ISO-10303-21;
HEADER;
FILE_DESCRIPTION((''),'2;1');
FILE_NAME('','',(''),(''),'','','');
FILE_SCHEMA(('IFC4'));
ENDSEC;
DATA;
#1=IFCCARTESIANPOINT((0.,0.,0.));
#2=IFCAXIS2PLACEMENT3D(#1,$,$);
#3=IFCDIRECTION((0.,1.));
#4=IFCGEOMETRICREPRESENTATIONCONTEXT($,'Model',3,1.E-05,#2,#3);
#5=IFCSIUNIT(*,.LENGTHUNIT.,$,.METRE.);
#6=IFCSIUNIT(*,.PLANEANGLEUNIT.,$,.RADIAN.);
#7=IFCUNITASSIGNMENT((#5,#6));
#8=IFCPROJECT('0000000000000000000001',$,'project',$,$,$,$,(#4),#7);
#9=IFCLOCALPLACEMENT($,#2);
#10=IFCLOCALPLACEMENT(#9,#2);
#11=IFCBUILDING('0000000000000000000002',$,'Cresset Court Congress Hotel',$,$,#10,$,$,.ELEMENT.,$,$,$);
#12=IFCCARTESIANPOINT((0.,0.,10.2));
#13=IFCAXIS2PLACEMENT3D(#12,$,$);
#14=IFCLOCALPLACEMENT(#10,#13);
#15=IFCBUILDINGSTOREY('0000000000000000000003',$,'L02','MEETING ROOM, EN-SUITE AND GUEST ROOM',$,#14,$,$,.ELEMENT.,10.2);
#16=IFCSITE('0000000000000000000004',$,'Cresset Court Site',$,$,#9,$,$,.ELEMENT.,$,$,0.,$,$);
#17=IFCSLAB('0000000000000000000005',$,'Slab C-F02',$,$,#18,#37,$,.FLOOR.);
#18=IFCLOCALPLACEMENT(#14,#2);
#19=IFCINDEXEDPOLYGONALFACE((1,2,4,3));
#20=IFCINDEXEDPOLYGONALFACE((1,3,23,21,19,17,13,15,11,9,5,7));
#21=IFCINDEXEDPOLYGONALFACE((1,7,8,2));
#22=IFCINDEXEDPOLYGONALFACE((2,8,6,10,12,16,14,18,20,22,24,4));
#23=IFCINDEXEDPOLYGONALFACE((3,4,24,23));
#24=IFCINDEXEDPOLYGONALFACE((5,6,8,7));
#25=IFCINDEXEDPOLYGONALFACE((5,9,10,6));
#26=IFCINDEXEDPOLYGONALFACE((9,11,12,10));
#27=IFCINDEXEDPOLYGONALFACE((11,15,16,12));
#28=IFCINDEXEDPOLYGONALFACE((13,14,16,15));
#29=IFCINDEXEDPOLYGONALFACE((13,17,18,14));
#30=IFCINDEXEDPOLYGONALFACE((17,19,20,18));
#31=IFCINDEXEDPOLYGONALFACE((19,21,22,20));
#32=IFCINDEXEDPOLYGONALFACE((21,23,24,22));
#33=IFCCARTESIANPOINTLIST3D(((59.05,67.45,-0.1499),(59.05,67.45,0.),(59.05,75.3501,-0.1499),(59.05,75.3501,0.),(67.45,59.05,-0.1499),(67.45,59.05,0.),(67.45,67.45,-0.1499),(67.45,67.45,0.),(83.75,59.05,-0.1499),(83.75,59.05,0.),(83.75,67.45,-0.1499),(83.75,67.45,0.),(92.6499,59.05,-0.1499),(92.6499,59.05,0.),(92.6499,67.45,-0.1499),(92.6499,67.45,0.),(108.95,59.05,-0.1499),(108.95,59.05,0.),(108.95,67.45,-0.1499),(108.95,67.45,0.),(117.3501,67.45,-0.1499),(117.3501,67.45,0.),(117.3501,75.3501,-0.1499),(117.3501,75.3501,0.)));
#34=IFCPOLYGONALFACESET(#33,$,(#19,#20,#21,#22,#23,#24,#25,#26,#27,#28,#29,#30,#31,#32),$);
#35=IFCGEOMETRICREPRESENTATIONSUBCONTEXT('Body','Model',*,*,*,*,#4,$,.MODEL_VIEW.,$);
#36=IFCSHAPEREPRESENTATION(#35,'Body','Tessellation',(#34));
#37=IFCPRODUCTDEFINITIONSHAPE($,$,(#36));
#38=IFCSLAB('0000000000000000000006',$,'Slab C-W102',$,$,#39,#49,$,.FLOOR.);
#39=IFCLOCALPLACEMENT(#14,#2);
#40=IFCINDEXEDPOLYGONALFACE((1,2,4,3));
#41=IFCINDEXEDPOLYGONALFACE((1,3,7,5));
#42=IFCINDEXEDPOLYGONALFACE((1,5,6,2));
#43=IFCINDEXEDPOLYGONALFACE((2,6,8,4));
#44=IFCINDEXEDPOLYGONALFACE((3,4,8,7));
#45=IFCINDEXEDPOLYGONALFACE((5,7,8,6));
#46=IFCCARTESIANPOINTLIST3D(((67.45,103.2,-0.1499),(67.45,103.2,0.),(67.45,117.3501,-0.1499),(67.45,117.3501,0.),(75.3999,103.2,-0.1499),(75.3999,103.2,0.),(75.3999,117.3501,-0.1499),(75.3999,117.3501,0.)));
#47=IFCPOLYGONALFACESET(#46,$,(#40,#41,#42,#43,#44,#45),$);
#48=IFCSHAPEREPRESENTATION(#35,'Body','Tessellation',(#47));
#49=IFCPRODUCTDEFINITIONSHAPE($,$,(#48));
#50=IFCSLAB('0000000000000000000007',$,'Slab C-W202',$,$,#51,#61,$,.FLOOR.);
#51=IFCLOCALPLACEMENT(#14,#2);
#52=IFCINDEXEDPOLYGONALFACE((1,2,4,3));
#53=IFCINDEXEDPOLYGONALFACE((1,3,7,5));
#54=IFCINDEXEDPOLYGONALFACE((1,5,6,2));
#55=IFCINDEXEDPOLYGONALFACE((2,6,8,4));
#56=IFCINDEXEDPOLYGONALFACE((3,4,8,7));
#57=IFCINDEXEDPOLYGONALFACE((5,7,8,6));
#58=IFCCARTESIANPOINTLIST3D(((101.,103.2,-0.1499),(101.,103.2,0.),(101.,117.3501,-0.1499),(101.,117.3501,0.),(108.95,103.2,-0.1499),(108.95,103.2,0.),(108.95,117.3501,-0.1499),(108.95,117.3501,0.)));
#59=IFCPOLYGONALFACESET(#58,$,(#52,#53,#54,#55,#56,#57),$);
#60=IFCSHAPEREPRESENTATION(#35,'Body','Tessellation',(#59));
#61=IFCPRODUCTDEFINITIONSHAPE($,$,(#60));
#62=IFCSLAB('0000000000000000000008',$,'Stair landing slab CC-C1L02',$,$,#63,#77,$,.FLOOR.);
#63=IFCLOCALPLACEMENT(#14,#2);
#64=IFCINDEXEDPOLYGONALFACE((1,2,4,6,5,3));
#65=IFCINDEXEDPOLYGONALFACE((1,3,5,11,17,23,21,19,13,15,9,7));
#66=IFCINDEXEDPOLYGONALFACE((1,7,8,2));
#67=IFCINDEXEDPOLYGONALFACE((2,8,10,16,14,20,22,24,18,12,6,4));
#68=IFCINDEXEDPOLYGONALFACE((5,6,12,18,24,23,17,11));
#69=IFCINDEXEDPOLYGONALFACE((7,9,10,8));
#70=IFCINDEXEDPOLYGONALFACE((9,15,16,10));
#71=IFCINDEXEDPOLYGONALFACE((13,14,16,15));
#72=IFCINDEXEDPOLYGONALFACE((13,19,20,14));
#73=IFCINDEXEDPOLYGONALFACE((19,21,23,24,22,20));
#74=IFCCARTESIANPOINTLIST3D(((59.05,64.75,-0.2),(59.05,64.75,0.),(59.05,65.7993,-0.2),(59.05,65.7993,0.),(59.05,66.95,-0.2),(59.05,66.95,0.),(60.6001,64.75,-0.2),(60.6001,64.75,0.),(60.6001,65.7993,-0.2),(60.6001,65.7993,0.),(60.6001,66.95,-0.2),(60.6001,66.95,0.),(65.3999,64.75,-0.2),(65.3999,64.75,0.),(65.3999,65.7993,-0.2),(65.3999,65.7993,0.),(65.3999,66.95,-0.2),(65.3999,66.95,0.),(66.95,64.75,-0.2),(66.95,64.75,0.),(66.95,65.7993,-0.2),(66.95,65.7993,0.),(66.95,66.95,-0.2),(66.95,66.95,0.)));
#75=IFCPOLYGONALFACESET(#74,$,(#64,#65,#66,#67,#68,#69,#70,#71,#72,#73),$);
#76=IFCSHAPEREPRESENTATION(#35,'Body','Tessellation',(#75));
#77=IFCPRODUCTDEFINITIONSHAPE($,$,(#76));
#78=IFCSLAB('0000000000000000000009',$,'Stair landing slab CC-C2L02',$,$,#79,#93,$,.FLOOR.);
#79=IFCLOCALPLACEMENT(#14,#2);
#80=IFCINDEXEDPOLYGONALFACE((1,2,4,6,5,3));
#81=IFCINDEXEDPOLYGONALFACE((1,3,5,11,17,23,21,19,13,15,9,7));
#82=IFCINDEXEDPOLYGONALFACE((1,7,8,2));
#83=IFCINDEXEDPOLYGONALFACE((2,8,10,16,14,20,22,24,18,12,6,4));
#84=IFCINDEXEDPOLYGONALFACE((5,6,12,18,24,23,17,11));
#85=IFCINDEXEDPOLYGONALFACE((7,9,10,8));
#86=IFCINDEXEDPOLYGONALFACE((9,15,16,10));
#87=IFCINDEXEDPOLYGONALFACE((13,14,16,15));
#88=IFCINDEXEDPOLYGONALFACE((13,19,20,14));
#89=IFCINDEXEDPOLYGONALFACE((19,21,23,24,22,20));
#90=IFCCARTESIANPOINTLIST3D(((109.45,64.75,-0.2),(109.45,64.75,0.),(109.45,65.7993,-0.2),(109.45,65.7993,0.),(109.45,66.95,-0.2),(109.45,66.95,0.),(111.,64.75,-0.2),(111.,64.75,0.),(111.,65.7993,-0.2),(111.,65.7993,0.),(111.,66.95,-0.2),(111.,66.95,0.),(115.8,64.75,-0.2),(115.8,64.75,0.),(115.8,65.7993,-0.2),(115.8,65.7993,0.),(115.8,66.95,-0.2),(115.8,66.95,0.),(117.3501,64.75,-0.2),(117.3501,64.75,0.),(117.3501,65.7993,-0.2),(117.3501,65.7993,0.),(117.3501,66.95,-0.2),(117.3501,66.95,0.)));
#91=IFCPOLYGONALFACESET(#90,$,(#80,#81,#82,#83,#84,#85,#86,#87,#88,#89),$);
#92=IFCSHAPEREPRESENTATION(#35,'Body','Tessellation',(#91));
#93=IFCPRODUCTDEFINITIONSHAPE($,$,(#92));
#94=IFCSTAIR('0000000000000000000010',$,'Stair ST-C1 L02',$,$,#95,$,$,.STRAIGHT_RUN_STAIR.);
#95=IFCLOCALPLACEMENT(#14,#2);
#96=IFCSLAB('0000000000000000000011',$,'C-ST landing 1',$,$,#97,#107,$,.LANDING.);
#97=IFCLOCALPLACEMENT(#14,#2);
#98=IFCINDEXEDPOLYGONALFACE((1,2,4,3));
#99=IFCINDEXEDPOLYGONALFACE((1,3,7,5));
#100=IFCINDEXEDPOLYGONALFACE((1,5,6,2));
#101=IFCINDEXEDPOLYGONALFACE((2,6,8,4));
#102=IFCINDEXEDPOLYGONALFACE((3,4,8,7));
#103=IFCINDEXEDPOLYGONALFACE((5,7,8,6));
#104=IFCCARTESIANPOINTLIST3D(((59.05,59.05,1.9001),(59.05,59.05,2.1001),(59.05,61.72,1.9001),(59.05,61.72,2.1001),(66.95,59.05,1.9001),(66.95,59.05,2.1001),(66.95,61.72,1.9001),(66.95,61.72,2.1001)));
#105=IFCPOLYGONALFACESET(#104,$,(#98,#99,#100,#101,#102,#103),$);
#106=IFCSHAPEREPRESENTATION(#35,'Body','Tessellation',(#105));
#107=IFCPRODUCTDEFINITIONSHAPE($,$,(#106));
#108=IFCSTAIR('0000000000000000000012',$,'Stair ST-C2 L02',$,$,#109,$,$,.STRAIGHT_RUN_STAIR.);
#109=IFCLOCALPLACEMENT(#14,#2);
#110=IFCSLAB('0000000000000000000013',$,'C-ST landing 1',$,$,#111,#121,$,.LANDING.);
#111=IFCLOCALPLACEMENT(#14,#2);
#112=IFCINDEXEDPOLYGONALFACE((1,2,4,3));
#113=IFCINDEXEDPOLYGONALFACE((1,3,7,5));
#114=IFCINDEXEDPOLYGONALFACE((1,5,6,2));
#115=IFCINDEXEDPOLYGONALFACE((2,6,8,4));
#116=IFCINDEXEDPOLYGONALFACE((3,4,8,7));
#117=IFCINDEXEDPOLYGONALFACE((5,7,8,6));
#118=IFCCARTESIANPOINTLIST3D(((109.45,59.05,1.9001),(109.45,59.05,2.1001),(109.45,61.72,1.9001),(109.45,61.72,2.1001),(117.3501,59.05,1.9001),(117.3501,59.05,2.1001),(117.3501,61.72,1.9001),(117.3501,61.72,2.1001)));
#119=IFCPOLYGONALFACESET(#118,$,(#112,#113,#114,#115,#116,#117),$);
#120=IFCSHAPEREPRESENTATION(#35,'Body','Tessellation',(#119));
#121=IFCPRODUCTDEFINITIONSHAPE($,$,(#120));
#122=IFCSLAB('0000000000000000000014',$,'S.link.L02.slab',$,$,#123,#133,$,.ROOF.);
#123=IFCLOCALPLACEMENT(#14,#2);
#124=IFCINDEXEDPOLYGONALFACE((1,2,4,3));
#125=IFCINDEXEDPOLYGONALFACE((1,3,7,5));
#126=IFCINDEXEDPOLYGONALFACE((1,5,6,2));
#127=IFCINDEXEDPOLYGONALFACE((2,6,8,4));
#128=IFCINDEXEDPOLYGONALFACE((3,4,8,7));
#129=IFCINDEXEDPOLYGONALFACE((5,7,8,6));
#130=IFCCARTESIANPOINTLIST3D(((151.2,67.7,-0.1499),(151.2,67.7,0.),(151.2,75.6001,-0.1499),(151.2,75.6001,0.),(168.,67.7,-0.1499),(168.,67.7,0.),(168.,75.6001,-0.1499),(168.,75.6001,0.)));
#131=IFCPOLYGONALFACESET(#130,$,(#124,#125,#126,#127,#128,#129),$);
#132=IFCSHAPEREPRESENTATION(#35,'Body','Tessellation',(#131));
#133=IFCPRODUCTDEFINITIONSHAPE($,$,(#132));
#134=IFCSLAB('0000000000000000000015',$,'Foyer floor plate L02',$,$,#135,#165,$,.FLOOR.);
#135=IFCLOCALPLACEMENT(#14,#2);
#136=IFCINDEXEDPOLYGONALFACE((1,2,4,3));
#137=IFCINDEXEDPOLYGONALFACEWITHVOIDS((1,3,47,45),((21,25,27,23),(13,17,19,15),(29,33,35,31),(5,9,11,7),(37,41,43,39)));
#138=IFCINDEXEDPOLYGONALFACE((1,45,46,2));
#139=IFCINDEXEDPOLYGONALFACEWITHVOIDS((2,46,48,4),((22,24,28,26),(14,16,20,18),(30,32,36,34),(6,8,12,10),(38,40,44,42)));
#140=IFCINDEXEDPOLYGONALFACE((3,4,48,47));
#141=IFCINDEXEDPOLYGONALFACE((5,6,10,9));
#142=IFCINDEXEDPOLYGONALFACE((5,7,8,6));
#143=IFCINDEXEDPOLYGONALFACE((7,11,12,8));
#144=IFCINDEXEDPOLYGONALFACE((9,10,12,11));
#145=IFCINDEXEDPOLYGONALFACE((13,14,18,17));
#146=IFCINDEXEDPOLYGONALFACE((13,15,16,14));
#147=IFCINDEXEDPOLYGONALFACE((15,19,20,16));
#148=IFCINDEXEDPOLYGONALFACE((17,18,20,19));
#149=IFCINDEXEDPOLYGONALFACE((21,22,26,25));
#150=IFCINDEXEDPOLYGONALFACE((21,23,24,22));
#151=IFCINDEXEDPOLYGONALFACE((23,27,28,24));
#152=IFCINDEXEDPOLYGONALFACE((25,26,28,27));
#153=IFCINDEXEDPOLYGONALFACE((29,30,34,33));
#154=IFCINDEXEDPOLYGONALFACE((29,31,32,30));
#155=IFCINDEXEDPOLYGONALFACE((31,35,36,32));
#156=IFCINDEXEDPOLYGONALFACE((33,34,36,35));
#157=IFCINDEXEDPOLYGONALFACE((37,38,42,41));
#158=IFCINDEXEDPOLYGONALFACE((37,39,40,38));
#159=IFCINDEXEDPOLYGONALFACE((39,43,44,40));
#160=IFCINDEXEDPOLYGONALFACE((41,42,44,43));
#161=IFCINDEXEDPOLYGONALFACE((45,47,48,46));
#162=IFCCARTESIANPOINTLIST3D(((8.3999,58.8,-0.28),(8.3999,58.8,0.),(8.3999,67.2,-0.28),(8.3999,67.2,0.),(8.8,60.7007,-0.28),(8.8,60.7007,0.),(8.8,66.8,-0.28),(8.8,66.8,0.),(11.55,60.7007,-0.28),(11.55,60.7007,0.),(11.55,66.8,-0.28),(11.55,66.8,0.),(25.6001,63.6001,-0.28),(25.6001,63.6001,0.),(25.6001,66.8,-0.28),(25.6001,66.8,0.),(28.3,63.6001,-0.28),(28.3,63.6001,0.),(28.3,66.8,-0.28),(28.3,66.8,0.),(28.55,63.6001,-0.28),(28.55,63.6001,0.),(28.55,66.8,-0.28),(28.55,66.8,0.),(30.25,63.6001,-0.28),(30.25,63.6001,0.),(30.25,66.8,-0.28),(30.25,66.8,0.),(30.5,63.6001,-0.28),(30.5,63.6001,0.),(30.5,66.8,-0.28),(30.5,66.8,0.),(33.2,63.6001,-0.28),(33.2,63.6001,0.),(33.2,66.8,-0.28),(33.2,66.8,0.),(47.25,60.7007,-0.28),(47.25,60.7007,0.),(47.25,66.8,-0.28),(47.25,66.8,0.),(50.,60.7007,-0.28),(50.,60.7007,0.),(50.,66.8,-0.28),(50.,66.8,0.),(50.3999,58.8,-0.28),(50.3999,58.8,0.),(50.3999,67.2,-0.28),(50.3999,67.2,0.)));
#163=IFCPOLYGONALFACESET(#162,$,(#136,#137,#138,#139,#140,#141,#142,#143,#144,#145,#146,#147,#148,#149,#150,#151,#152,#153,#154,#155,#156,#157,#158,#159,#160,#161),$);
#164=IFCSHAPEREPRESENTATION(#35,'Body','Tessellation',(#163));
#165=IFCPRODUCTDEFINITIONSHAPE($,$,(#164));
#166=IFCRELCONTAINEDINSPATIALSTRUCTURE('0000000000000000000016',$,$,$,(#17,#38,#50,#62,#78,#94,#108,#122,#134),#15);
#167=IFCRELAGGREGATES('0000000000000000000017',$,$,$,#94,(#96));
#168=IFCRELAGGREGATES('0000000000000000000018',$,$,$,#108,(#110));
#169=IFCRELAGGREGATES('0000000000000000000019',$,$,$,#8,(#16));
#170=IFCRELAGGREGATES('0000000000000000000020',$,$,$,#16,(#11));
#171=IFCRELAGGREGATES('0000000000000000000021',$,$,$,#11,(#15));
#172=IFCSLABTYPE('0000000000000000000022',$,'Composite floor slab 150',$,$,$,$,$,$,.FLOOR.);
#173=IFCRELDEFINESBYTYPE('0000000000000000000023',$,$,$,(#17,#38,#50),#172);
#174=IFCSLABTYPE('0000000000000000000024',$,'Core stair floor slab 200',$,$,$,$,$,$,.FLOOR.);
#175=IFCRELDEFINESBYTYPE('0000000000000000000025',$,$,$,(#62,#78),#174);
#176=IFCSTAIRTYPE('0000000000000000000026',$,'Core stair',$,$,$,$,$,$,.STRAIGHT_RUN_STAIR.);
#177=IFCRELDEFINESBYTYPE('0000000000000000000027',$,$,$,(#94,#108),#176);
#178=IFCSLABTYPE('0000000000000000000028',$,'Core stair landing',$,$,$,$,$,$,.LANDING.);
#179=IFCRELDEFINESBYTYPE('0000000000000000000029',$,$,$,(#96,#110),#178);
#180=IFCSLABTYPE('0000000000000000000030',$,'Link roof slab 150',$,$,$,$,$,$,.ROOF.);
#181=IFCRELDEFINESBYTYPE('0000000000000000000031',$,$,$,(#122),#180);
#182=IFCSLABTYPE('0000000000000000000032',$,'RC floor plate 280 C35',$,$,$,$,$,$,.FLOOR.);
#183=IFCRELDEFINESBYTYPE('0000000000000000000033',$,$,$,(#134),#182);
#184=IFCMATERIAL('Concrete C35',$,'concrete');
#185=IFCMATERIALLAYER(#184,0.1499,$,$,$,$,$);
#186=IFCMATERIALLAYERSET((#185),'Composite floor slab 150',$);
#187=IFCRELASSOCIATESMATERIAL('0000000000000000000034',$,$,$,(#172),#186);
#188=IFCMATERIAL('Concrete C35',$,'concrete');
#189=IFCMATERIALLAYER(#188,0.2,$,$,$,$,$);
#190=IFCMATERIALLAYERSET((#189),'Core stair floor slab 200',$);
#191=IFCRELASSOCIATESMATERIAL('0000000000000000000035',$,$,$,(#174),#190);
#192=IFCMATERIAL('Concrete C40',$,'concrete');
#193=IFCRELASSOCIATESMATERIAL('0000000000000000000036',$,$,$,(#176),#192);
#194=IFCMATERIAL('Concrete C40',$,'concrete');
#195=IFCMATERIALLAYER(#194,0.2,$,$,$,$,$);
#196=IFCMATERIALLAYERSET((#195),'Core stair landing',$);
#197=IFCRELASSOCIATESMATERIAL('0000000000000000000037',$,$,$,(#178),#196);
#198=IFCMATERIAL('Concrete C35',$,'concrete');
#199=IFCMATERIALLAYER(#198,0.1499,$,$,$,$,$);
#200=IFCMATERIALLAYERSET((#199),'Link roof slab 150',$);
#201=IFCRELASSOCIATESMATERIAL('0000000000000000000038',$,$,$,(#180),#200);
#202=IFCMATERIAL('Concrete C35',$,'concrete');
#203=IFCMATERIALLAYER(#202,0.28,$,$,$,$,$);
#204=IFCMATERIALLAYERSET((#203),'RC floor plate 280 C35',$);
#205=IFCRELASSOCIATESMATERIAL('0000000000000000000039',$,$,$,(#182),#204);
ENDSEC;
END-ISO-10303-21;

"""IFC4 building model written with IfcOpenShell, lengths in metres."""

from ifc_helpers import new_model, si_unit, direction, frame, origin, place, context, subcontext, project, spatial, polyline, outline, extrude, material, layer, layer_set, type_object, element, aggregate, save


model = new_model("IFC4")

# Units and contexts
model_context = context("Model", 3, precision=1e-05, world=origin(), true_north=direction((0.0, 1.0)))
body_context = subcontext(model_context, "Body", "Model", "MODEL_VIEW")
ifc_project = project(units=[si_unit("LENGTHUNIT", "METRE"), si_unit("PLANEANGLEUNIT", "RADIAN")], contexts=[model_context])

# Site, building, storey
site_placement = place(None, origin())
site = spatial("IfcSite", under=ifc_project, at=site_placement, Name="Cresset Court Site", CompositionType="ELEMENT", RefElevation=0.0)
building_placement = place(site_placement, origin())
building = spatial("IfcBuilding", under=site, at=building_placement, Name="Cresset Court Congress Hotel", CompositionType="ELEMENT")
storey_placement = place(building_placement, frame((0.0, 0.0, 10.2)))
storey = spatial("IfcBuildingStorey", under=building, at=storey_placement, Name="L02", Description="MEETING ROOM, EN-SUITE AND GUEST ROOM", CompositionType="ELEMENT", Elevation=10.2)

# Slabs
ifc_material_1 = material(Name="Concrete C35", Category="concrete")
ifc_layer_1 = layer(ifc_material_1, 0.1499)
ifc_layer_set_1 = layer_set([ifc_layer_1], Name="Composite floor slab 150")
slab_type_1 = type_object("IfcSlabType", Name="Composite floor slab 150", PredefinedType="FLOOR", material=ifc_layer_set_1)
slab_1_placement = place(storey_placement, frame((0.0, 0.0, -0.1499)))
element("IfcSlab", 1, at=slab_1_placement, inside=storey, type_object=slab_type_1, Name="Slab C-F02", PredefinedType="FLOOR", context=body_context, shape_type="SweptSolid", body=[
    extrude(outline(polyline([(108.95, 59.05), (92.6499, 59.05), (92.6499, 67.45), (83.75, 67.45), (83.75, 59.05), (67.45, 59.05), (67.45, 67.45), (59.05, 67.45), (59.05, 75.3501), (117.3501, 75.3501), (117.3501, 67.45), (108.95, 67.45), (108.95, 59.05)])), origin(), (0.0, 0.0, 1.0), 0.1499),
])
slab_2_placement = place(storey_placement, frame((0.0, 0.0, -0.1499)))
element("IfcSlab", 2, at=slab_2_placement, inside=storey, type_object=slab_type_1, Name="Slab C-W102", PredefinedType="FLOOR", context=body_context, shape_type="SweptSolid", body=[
    extrude(outline(polyline([(75.3999, 103.2), (75.3999, 117.3501), (67.45, 117.3501), (67.45, 103.2), (75.3999, 103.2)])), origin(), (0.0, 0.0, 1.0), 0.1499),
])
slab_3_placement = place(storey_placement, frame((0.0, 0.0, -0.1499)))
element("IfcSlab", 3, at=slab_3_placement, inside=storey, type_object=slab_type_1, Name="Slab C-W202", PredefinedType="FLOOR", context=body_context, shape_type="SweptSolid", body=[
    extrude(outline(polyline([(108.95, 103.2), (108.95, 117.3501), (101.0, 117.3501), (101.0, 103.2), (108.95, 103.2)])), origin(), (0.0, 0.0, 1.0), 0.1499),
])
ifc_material_2 = material(Name="Concrete C35", Category="concrete")
ifc_layer_2 = layer(ifc_material_2, 0.2)
ifc_layer_set_2 = layer_set([ifc_layer_2], Name="Core stair floor slab 200")
slab_type_2 = type_object("IfcSlabType", Name="Core stair floor slab 200", PredefinedType="FLOOR", material=ifc_layer_set_2)
slab_4_placement = place(storey_placement, frame((0.0, 0.0, -0.2)))
element("IfcSlab", 4, at=slab_4_placement, inside=storey, type_object=slab_type_2, Name="Stair landing slab CC-C1L02", PredefinedType="FLOOR", context=body_context, shape_type="SweptSolid", body=[
    extrude(outline(polyline([(60.6001, 64.75), (59.05, 64.75), (59.05, 65.7993), (59.05, 66.95), (60.6001, 66.95), (65.3999, 66.95), (66.95, 66.95), (66.95, 65.7993), (66.95, 64.75), (65.3999, 64.75), (65.3999, 65.7993), (60.6001, 65.7993), (60.6001, 64.75)])), origin(), (0.0, 0.0, 1.0), 0.2),
])
slab_5_placement = place(storey_placement, frame((0.0, 0.0, -0.2)))
element("IfcSlab", 5, at=slab_5_placement, inside=storey, type_object=slab_type_2, Name="Stair landing slab CC-C2L02", PredefinedType="FLOOR", context=body_context, shape_type="SweptSolid", body=[
    extrude(outline(polyline([(111.0, 64.75), (109.45, 64.75), (109.45, 65.7993), (109.45, 66.95), (111.0, 66.95), (115.8, 66.95), (117.3501, 66.95), (117.3501, 65.7993), (117.3501, 64.75), (115.8, 64.75), (115.8, 65.7993), (111.0, 65.7993), (111.0, 64.75)])), origin(), (0.0, 0.0, 1.0), 0.2),
])

# Stairs, slabs
ifc_material_3 = material(Name="Concrete C40", Category="concrete")
stair_type_1 = type_object("IfcStairType", Name="Core stair", PredefinedType="STRAIGHT_RUN_STAIR", material=ifc_material_3)
stair_1_placement = place(storey_placement, origin())
stair_1 = element("IfcStair", 6, at=stair_1_placement, inside=storey, type_object=stair_type_1, Name="Stair ST-C1 L02", PredefinedType="STRAIGHT_RUN_STAIR")
ifc_material_4 = material(Name="Concrete C40", Category="concrete")
ifc_layer_3 = layer(ifc_material_4, 0.2)
ifc_layer_set_3 = layer_set([ifc_layer_3], Name="Core stair landing")
slab_type_3 = type_object("IfcSlabType", Name="Core stair landing", PredefinedType="LANDING", material=ifc_layer_set_3)
slab_6_placement = place(storey_placement, frame((0.0, 0.0, 1.9001)))
slab_6 = element("IfcSlab", 7, at=slab_6_placement, type_object=slab_type_3, Name="C-ST landing 1", PredefinedType="LANDING", context=body_context, shape_type="SweptSolid", body=[
    extrude(outline(polyline([(66.95, 59.05), (66.95, 61.72), (59.05, 61.72), (59.05, 59.05), (66.95, 59.05)])), origin(), (0.0, 0.0, 1.0), 0.2),
])
aggregate(stair_1, [slab_6])
stair_2_placement = place(storey_placement, origin())
stair_2 = element("IfcStair", 8, at=stair_2_placement, inside=storey, type_object=stair_type_1, Name="Stair ST-C2 L02", PredefinedType="STRAIGHT_RUN_STAIR")
slab_7_placement = place(storey_placement, frame((0.0, 0.0, 1.9001)))
slab_7 = element("IfcSlab", 9, at=slab_7_placement, type_object=slab_type_3, Name="C-ST landing 1", PredefinedType="LANDING", context=body_context, shape_type="SweptSolid", body=[
    extrude(outline(polyline([(117.3501, 59.05), (117.3501, 61.72), (109.45, 61.72), (109.45, 59.05), (117.3501, 59.05)])), origin(), (0.0, 0.0, 1.0), 0.2),
])
aggregate(stair_2, [slab_7])

# Slabs
ifc_material_5 = material(Name="Concrete C35", Category="concrete")
ifc_layer_4 = layer(ifc_material_5, 0.1499)
ifc_layer_set_4 = layer_set([ifc_layer_4], Name="Link roof slab 150")
slab_type_4 = type_object("IfcSlabType", Name="Link roof slab 150", PredefinedType="ROOF", material=ifc_layer_set_4)
slab_8_placement = place(storey_placement, frame((0.0, 0.0, -0.1499)))
element("IfcSlab", 10, at=slab_8_placement, inside=storey, type_object=slab_type_4, Name="S.link.L02.slab", PredefinedType="ROOF", context=body_context, shape_type="SweptSolid", body=[
    extrude(outline(polyline([(151.2, 67.7), (168.0, 67.7), (168.0, 75.6001), (151.2, 75.6001), (151.2, 67.7)])), origin(), (0.0, 0.0, 1.0), 0.1499),
])
ifc_material_6 = material(Name="Concrete C35", Category="concrete")
ifc_layer_5 = layer(ifc_material_6, 0.28)
ifc_layer_set_5 = layer_set([ifc_layer_5], Name="RC floor plate 280 C35")
slab_type_5 = type_object("IfcSlabType", Name="RC floor plate 280 C35", PredefinedType="FLOOR", material=ifc_layer_set_5)
slab_9_placement = place(storey_placement, frame((0.0, 0.0, -0.28)))
element("IfcSlab", 11, at=slab_9_placement, inside=storey, type_object=slab_type_5, Name="Foyer floor plate L02", PredefinedType="FLOOR", context=body_context, shape_type="SweptSolid", body=[
    extrude(outline(polyline([(8.3999, 58.8), (50.3999, 58.8), (50.3999, 67.2), (8.3999, 67.2), (8.3999, 58.8)]), holes=[polyline([(11.55, 60.7007), (11.55, 66.8), (8.8, 66.8), (8.8, 60.7007), (11.55, 60.7007)]), polyline([(50.0, 60.7007), (50.0, 66.8), (47.25, 66.8), (47.25, 60.7007), (50.0, 60.7007)]), polyline([(25.6001, 63.6001), (28.3, 63.6001), (28.3, 66.8), (25.6001, 66.8), (25.6001, 63.6001)]), polyline([(30.5, 63.6001), (33.2, 63.6001), (33.2, 66.8), (30.5, 66.8), (30.5, 63.6001)]), polyline([(28.55, 63.6001), (30.25, 63.6001), (30.25, 66.8), (28.55, 66.8), (28.55, 63.6001)])]), origin(), (0.0, 0.0, 1.0), 0.28),
])

save(model, "model.ifc")
